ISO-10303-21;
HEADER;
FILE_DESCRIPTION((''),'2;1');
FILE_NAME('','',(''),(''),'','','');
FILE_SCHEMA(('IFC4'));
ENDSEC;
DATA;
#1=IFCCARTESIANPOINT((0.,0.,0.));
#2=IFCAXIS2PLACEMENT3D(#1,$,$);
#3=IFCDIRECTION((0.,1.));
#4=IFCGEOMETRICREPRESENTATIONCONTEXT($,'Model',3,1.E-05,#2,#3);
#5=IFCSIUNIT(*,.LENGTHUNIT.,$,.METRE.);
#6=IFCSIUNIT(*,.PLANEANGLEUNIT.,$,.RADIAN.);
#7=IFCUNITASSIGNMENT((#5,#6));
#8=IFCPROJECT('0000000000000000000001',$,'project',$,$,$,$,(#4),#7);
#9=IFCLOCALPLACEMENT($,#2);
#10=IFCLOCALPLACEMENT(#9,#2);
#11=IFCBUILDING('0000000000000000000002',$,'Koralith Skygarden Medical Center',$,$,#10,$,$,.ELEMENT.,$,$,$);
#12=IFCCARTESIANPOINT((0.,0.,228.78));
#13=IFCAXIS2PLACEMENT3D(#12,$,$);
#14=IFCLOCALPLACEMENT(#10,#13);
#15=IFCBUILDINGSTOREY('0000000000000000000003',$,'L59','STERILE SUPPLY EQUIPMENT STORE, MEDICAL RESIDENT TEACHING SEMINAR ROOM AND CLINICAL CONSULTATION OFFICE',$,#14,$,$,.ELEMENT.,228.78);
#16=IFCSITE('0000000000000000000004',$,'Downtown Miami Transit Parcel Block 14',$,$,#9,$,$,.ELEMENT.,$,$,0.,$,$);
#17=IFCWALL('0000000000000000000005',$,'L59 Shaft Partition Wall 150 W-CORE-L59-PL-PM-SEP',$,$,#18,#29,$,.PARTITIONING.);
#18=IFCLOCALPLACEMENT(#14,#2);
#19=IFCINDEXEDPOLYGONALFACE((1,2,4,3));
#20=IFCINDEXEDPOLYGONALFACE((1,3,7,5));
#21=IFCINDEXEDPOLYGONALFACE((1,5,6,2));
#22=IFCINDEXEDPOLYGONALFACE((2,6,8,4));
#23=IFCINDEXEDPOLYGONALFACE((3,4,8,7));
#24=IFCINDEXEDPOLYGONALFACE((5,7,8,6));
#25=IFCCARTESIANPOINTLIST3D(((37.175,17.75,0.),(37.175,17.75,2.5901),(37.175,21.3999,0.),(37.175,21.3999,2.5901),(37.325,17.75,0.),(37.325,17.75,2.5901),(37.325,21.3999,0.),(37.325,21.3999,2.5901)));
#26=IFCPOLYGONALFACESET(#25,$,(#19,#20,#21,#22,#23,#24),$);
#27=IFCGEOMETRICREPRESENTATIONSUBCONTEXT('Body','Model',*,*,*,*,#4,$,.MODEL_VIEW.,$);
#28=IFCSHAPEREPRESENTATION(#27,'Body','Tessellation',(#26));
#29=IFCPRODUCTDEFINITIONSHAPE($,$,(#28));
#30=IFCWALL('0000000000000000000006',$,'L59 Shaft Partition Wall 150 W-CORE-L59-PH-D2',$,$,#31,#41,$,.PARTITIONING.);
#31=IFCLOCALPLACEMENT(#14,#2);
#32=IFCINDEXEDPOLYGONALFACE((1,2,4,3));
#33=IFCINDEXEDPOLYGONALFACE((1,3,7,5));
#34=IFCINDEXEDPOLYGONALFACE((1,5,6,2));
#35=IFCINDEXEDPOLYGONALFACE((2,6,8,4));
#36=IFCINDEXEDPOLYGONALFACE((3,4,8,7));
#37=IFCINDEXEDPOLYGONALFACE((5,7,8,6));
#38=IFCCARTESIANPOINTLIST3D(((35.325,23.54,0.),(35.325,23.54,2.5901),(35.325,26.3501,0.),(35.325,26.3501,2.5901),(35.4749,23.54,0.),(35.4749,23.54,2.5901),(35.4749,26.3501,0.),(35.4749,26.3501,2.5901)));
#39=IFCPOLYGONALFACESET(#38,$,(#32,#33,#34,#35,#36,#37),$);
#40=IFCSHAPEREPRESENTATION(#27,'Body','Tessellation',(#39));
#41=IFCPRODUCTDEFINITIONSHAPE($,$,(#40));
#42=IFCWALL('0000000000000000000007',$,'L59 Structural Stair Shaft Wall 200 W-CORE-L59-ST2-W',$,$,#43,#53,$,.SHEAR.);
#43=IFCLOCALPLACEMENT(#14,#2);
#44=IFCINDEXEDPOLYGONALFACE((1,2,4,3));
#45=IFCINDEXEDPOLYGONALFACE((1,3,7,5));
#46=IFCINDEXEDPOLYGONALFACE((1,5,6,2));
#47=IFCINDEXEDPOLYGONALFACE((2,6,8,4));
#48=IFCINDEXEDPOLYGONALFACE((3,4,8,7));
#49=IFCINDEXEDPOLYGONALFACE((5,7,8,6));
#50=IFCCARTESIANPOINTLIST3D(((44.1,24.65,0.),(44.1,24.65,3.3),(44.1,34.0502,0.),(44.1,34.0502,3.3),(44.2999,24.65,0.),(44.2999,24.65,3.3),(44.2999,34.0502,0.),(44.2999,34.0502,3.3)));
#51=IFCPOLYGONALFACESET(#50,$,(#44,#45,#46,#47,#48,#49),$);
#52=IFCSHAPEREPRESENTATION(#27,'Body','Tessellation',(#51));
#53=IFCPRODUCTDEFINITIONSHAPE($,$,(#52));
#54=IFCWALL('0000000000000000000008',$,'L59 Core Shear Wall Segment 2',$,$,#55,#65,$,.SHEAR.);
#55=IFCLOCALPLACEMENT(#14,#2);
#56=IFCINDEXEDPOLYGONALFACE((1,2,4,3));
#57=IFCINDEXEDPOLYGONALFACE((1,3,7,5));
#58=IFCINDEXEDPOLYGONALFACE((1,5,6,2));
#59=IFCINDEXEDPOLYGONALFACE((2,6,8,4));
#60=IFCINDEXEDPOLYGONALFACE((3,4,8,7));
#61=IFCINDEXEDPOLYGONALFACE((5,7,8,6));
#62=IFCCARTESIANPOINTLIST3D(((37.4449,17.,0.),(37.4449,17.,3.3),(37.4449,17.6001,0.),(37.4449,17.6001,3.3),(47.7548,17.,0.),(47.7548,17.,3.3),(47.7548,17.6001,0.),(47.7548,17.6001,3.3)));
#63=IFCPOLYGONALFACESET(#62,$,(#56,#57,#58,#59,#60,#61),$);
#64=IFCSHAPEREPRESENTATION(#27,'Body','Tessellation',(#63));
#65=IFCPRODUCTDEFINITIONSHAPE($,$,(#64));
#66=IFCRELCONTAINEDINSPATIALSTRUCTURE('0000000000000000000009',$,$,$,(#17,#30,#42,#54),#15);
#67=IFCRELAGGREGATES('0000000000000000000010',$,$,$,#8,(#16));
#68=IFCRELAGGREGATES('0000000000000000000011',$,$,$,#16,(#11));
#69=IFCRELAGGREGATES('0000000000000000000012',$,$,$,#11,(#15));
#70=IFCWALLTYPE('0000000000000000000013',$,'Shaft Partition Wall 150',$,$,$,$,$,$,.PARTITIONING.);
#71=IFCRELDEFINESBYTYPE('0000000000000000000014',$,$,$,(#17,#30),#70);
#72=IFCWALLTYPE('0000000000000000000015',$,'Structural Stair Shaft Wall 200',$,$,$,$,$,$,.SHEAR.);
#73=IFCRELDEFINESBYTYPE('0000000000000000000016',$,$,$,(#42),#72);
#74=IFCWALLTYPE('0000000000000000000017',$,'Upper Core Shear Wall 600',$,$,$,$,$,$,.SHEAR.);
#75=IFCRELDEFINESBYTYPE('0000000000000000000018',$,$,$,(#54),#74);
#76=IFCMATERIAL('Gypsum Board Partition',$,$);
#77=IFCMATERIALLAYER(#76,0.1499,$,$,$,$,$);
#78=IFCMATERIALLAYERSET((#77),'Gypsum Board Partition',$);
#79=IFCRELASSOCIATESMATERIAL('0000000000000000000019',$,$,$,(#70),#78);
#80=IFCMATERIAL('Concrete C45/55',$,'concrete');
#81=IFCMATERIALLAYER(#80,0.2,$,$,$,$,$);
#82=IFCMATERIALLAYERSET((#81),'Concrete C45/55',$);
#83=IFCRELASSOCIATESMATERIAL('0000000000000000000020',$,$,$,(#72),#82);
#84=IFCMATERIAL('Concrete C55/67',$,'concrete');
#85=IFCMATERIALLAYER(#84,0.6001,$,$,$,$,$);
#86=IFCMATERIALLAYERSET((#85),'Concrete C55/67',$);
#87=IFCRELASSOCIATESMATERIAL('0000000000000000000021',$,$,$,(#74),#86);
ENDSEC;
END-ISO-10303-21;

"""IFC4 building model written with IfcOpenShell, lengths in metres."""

from ifc_helpers import new_model, si_unit, direction, frame, frame_2d, origin, place, context, subcontext, project, spatial, rectangle, extrude, material, layer, layer_set, type_object, element, save


model = new_model("IFC4")

# Units and contexts
model_context = context("Model", 3, precision=1e-05, world=origin(), true_north=direction((0.0, 1.0)))
body_context = subcontext(model_context, "Body", "Model", "MODEL_VIEW")
ifc_project = project(units=[si_unit("LENGTHUNIT", "METRE"), si_unit("PLANEANGLEUNIT", "RADIAN")], contexts=[model_context])

# Site, building, storey
site_placement = place(None, origin())
site = spatial("IfcSite", under=ifc_project, at=site_placement, Name="Downtown Miami Transit Parcel Block 14", CompositionType="ELEMENT", RefElevation=0.0)
building_placement = place(site_placement, origin())
building = spatial("IfcBuilding", under=site, at=building_placement, Name="Koralith Skygarden Medical Center", CompositionType="ELEMENT")
storey_placement = place(building_placement, frame((0.0, 0.0, 228.78)))
storey = spatial("IfcBuildingStorey", under=building, at=storey_placement, Name="L59", Description="STERILE SUPPLY EQUIPMENT STORE, MEDICAL RESIDENT TEACHING SEMINAR ROOM AND CLINICAL CONSULTATION OFFICE", CompositionType="ELEMENT", Elevation=228.78)

# Shared definitions
ifc_material_1 = material(Name="Concrete C55/67", Category="concrete")

# Shared definitions
ifc_material_2 = material(Name="Concrete C45/55", Category="concrete")

# Shared definitions
ifc_material_3 = material(Name="Gypsum Board Partition")

# Walls
ifc_layer_1 = layer(ifc_material_3, 0.1499)
ifc_layer_set_1 = layer_set([ifc_layer_1], Name="Gypsum Board Partition")
wall_type_1 = type_object("IfcWallType", Name="Shaft Partition Wall 150", PredefinedType="PARTITIONING", material=ifc_layer_set_1)
wall_1_placement = place(storey_placement, frame((37.25, 17.75, 0.0), z_axis=(0.0, 0.0, 1.0), x_axis=(0.0, 1.0, 0.0)))
element("IfcWall", 1, at=wall_1_placement, inside=storey, type_object=wall_type_1, Name="L59 Shaft Partition Wall 150 W-CORE-L59-PL-PM-SEP", PredefinedType="PARTITIONING", context=body_context, shape_type="SweptSolid", body=[
    extrude(rectangle(XDim=3.6499, YDim=0.1499, at=frame_2d((1.825, 0.0))), origin(), (0.0, 0.0, 1.0), 2.5901),
])
wall_2_placement = place(storey_placement, frame((35.3999, 23.54, 0.0), z_axis=(0.0, 0.0, 1.0), x_axis=(0.0, 1.0, 0.0)))
element("IfcWall", 2, at=wall_2_placement, inside=storey, type_object=wall_type_1, Name="L59 Shaft Partition Wall 150 W-CORE-L59-PH-D2", PredefinedType="PARTITIONING", context=body_context, shape_type="SweptSolid", body=[
    extrude(rectangle(XDim=2.8101, YDim=0.1499, at=frame_2d((1.405, 0.0))), origin(), (0.0, 0.0, 1.0), 2.5901),
])
ifc_layer_2 = layer(ifc_material_2, 0.2)
ifc_layer_set_2 = layer_set([ifc_layer_2], Name="Concrete C45/55")
wall_type_2 = type_object("IfcWallType", Name="Structural Stair Shaft Wall 200", PredefinedType="SHEAR", material=ifc_layer_set_2)
wall_3_placement = place(storey_placement, frame((44.2, 24.6499, 0.0), z_axis=(0.0, 0.0, 1.0), x_axis=(0.0, 1.0, 0.0)))
element("IfcWall", 3, at=wall_3_placement, inside=storey, type_object=wall_type_2, Name="L59 Structural Stair Shaft Wall 200 W-CORE-L59-ST2-W", PredefinedType="SHEAR", context=body_context, shape_type="SweptSolid", body=[
    extrude(rectangle(XDim=9.4001, YDim=0.2, at=frame_2d((4.7002, 0.0))), origin(), (0.0, 0.0, 1.0), 3.3),
])

# Wall
ifc_layer_3 = layer(ifc_material_1, 0.6001)
ifc_layer_set_3 = layer_set([ifc_layer_3], Name="Concrete C55/67")
wall_type_3 = type_object("IfcWallType", Name="Upper Core Shear Wall 600", PredefinedType="SHEAR", material=ifc_layer_set_3)
wall_4_placement = place(storey_placement, frame((37.4451, 17.3, 0.0), z_axis=(0.0, 0.0, 1.0), x_axis=(1.0, 0.0, 0.0)))
element("IfcWall", 4, at=wall_4_placement, inside=storey, type_object=wall_type_3, Name="L59 Core Shear Wall Segment 2", PredefinedType="SHEAR", context=body_context, shape_type="SweptSolid", body=[
    extrude(rectangle(XDim=10.3098, YDim=0.6001, at=frame_2d((5.1548, 0.0))), origin(), (0.0, 0.0, 1.0), 3.3),
])

save(model, "model.ifc")
